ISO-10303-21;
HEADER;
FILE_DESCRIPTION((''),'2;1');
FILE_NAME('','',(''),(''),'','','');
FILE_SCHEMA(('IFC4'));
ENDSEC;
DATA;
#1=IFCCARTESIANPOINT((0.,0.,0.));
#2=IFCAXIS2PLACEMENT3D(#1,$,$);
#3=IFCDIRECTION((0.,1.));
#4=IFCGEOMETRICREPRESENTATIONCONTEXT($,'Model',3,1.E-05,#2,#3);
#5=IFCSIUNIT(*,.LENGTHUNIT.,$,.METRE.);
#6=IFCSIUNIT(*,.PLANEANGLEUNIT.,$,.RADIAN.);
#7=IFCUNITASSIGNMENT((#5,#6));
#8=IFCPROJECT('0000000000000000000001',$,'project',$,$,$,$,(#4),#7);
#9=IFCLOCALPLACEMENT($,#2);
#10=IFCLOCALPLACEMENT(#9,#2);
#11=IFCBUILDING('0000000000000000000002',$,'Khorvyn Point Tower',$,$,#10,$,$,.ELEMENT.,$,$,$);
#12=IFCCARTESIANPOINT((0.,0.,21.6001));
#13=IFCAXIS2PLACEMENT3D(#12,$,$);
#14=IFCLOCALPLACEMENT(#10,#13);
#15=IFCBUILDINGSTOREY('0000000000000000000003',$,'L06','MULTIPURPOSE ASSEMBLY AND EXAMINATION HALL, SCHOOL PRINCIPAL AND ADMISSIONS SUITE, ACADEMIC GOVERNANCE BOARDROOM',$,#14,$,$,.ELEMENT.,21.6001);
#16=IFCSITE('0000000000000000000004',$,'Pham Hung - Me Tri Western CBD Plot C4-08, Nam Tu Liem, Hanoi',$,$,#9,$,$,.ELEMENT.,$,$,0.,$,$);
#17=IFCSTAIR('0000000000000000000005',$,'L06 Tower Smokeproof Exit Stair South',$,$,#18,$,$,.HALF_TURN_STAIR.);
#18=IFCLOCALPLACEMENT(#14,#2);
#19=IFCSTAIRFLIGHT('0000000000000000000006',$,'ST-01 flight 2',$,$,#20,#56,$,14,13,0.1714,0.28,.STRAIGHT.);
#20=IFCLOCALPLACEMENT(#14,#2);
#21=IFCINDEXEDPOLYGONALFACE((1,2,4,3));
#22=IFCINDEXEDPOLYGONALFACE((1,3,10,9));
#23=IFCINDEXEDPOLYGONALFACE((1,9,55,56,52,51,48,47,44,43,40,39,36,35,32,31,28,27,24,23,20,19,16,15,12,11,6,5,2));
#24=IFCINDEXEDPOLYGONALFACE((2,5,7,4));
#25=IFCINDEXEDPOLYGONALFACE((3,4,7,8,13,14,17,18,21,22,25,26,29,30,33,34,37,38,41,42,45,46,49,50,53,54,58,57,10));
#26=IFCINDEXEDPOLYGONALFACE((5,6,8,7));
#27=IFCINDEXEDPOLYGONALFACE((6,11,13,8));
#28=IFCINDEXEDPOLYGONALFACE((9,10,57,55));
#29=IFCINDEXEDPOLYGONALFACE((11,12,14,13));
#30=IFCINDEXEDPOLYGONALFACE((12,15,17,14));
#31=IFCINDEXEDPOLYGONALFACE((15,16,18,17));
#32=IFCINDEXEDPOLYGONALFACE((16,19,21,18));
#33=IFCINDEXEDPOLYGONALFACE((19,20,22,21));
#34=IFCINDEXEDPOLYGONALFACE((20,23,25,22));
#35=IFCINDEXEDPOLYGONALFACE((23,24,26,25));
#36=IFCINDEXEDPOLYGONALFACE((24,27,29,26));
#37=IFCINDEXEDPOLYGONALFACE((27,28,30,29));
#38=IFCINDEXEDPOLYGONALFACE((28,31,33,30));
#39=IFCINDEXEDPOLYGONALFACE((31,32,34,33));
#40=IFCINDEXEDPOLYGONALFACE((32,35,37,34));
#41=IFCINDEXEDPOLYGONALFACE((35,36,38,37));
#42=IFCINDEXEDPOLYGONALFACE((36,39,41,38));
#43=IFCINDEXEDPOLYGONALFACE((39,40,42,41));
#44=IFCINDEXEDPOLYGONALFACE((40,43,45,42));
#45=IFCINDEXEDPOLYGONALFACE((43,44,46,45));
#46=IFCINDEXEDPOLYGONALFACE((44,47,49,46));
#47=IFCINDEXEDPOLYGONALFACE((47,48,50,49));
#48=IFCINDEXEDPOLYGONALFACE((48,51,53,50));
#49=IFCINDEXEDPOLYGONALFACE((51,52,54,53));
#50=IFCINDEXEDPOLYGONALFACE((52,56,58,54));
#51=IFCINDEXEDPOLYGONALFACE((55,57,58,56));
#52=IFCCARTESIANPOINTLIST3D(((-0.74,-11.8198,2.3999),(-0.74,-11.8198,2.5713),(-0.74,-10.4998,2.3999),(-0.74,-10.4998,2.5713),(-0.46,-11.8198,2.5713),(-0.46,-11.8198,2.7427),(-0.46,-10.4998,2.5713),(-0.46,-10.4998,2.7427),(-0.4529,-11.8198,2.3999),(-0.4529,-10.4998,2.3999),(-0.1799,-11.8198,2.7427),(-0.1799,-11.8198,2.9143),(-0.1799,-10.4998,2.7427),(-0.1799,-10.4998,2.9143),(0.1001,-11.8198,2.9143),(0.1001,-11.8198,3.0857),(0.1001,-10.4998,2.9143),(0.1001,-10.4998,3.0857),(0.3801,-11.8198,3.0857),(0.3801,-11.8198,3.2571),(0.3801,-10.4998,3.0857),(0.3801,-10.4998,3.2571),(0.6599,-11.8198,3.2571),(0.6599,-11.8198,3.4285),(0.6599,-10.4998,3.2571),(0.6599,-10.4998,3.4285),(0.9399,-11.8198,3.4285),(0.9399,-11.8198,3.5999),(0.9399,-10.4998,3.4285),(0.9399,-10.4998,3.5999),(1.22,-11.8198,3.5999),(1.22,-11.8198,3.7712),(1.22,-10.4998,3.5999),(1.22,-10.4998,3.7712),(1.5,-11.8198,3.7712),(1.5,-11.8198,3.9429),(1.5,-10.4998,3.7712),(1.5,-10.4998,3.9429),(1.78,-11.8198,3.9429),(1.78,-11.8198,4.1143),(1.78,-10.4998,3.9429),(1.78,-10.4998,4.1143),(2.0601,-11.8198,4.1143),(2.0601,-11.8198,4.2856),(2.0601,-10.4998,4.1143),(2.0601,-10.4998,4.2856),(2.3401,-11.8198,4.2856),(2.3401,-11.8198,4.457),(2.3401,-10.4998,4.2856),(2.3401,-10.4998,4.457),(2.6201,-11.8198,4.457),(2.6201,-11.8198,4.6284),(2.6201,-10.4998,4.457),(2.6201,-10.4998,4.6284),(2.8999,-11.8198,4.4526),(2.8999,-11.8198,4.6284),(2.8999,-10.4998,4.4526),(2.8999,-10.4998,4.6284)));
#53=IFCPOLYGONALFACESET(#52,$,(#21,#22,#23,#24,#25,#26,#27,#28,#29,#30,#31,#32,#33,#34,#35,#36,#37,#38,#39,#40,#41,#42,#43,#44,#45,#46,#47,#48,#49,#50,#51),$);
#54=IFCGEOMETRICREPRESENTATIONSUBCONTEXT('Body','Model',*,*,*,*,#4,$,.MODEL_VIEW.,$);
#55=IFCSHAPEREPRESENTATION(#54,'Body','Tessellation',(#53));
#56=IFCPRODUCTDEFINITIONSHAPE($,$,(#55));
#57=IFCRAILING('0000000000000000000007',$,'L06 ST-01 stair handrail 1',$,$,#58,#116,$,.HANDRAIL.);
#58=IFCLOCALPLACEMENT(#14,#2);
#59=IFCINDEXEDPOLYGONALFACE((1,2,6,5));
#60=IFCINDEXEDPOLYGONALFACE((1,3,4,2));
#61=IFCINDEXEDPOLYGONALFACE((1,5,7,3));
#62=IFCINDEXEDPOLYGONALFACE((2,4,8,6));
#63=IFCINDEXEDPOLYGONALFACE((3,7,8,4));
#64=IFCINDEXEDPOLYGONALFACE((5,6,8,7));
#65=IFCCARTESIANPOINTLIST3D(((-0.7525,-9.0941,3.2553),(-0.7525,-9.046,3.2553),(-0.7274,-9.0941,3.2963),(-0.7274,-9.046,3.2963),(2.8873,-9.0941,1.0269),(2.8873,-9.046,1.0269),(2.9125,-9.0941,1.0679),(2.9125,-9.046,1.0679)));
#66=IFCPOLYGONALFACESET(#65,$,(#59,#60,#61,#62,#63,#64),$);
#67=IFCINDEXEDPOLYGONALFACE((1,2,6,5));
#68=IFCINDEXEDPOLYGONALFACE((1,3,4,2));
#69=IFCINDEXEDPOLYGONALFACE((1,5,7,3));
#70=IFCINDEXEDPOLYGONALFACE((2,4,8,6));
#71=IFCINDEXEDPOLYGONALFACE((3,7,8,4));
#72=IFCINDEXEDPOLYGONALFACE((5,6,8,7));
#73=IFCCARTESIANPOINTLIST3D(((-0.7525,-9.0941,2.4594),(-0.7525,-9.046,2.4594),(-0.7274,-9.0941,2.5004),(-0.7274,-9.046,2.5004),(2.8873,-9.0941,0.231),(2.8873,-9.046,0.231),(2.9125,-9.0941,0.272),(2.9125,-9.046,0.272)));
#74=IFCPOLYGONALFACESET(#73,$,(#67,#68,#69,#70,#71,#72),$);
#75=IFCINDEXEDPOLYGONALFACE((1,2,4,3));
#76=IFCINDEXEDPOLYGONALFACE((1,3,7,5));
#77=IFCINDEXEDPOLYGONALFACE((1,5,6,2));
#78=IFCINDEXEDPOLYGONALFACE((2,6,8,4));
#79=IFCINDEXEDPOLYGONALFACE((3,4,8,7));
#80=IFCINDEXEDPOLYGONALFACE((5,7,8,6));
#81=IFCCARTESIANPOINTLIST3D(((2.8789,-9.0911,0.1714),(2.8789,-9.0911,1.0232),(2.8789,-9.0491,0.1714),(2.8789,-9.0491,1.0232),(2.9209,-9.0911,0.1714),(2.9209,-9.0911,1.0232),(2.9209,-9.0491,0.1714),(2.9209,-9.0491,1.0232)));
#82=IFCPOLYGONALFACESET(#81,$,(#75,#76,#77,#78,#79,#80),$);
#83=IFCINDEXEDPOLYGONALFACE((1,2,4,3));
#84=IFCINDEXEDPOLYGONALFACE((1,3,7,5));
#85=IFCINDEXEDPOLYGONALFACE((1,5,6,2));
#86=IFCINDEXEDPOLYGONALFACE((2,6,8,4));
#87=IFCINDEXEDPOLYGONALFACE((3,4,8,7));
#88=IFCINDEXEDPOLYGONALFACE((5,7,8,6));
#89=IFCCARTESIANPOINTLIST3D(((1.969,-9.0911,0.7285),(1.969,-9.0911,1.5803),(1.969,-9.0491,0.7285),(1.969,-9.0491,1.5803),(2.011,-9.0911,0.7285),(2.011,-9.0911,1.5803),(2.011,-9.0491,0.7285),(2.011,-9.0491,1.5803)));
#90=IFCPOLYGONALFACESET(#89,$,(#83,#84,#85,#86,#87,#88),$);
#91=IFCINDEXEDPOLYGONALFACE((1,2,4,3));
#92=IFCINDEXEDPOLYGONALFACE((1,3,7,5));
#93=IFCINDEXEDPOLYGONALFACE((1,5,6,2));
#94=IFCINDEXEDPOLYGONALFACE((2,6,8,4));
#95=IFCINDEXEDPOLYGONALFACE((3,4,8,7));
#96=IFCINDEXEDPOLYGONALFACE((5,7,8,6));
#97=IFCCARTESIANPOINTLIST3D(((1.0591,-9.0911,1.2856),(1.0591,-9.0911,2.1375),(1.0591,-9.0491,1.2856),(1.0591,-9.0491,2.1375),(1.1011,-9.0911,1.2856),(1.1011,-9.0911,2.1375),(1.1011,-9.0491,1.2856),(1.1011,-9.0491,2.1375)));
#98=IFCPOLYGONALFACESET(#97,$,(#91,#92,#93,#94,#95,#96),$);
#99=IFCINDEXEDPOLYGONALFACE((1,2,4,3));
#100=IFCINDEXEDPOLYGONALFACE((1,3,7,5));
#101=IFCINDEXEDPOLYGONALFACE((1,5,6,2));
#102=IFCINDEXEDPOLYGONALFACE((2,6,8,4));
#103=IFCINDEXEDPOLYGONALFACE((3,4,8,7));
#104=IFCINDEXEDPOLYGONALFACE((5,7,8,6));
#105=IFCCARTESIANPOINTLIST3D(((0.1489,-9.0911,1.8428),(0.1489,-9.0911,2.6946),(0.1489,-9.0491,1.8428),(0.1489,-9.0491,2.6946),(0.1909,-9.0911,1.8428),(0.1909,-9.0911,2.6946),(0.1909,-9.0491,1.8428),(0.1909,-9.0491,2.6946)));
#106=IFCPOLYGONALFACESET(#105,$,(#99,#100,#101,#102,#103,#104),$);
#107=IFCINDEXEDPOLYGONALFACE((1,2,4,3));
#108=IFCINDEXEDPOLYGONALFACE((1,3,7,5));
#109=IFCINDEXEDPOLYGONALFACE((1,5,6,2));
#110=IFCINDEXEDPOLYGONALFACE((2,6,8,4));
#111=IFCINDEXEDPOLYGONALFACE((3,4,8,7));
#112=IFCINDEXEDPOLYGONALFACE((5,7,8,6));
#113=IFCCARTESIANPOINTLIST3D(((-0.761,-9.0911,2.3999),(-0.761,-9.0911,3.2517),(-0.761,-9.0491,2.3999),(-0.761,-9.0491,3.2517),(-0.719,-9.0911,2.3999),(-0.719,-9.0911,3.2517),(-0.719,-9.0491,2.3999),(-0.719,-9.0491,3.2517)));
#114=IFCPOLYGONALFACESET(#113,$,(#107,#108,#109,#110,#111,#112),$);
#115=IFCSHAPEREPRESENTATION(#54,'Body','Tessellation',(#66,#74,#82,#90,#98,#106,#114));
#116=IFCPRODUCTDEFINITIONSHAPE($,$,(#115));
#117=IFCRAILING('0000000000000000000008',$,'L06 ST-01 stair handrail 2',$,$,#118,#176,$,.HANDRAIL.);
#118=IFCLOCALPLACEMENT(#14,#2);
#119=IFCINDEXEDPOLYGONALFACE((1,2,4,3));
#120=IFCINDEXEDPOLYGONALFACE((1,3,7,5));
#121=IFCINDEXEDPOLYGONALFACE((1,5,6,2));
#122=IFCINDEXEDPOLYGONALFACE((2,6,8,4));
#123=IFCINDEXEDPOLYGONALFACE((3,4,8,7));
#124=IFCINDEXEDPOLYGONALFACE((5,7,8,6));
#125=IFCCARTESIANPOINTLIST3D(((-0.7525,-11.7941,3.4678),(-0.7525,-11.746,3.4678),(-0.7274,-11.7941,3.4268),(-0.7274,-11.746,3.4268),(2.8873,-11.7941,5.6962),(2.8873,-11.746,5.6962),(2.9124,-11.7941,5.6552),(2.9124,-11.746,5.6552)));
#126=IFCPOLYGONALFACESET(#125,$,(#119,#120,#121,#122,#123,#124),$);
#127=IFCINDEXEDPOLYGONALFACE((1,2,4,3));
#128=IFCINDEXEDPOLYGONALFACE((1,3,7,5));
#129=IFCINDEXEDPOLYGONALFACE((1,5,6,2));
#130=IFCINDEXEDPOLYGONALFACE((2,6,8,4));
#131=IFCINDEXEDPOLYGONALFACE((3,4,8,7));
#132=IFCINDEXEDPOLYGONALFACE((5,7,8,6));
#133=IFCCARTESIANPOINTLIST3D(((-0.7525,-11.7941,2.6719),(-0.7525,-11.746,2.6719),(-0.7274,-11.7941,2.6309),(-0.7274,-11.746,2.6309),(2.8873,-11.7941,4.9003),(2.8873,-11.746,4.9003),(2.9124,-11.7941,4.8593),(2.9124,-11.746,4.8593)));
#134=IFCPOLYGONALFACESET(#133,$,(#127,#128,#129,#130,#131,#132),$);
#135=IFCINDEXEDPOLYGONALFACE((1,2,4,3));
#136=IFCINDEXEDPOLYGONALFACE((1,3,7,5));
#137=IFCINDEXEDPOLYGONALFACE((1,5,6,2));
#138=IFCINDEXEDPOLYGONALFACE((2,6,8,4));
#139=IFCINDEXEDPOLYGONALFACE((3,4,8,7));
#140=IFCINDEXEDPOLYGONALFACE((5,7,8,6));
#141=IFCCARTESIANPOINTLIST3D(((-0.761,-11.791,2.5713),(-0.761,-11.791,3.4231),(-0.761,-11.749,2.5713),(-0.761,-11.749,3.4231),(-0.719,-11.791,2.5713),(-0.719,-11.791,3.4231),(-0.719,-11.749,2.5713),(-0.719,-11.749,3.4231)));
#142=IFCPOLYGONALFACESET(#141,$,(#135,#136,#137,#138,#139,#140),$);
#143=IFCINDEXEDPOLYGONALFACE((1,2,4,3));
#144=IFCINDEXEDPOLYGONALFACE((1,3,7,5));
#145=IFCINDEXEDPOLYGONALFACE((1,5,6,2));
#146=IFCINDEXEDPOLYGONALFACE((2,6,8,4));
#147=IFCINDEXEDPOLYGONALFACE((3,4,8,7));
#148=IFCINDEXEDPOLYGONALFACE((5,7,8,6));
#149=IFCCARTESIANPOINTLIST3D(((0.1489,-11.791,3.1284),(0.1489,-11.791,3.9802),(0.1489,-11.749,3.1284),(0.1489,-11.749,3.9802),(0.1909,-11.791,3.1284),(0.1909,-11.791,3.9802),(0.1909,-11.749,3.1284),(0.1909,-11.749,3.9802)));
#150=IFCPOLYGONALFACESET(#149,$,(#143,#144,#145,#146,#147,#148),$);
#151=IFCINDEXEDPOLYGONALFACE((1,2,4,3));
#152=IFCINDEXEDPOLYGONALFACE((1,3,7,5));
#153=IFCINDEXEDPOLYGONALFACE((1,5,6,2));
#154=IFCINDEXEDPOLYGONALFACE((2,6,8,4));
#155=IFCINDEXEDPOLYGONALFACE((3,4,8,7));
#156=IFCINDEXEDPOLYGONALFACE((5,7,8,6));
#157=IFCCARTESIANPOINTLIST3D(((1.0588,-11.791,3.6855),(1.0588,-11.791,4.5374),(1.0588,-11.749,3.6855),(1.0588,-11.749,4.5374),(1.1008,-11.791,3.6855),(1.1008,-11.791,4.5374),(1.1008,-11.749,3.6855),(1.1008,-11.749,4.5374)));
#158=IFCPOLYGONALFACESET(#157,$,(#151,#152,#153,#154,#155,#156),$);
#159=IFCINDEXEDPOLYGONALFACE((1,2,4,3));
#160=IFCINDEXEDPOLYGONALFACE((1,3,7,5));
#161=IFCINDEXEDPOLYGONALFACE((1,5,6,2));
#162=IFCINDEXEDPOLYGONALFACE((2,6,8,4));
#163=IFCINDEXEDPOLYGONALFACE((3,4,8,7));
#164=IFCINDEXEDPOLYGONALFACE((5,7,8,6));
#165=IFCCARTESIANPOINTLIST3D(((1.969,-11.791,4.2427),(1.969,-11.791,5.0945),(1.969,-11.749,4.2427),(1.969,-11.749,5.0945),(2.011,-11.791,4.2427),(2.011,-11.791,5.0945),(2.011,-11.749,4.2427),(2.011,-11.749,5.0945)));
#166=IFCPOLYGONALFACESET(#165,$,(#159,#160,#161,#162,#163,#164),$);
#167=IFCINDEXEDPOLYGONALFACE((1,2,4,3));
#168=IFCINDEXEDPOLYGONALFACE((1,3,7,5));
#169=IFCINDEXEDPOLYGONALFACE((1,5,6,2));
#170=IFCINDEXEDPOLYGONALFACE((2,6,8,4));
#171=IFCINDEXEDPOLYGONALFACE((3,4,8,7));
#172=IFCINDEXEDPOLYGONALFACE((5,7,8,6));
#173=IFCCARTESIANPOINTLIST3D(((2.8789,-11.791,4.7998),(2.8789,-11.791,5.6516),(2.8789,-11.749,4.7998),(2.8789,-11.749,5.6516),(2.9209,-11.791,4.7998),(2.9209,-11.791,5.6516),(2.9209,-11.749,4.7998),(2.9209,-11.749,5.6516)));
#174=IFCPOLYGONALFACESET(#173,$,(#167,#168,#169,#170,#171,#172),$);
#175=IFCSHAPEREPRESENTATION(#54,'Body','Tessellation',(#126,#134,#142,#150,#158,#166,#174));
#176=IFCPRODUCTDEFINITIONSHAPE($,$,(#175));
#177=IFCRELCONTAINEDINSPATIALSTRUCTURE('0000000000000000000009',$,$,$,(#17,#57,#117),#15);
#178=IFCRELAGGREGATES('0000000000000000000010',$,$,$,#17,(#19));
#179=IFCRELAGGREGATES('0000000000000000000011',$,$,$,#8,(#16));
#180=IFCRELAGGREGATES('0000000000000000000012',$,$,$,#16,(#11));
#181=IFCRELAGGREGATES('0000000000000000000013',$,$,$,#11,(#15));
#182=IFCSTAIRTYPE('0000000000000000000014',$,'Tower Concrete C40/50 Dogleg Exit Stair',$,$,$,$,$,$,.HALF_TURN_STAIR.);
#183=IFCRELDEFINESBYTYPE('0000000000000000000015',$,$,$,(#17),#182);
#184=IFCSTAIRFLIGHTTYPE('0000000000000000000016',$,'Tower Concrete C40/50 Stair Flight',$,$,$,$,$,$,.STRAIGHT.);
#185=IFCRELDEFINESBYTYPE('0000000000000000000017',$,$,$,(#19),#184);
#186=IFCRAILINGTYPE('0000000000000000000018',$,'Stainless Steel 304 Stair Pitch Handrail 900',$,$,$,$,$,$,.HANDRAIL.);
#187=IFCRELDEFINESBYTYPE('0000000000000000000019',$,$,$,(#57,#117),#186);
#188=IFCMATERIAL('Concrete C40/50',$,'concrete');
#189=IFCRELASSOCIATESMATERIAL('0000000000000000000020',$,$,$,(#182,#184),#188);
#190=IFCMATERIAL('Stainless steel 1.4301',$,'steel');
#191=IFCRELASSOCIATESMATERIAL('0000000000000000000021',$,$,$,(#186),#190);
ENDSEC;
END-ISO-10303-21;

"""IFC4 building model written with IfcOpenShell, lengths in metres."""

from ifc_helpers import new_model, si_unit, direction, frame, origin, origin_2d, place, context, subcontext, project, spatial, polyline, rectangle, outline, extrude, material, type_object, element, aggregate, save


model = new_model("IFC4")

# Units and contexts
model_context = context("Model", 3, precision=1e-05, world=origin(), true_north=direction((0.0, 1.0)))
body_context = subcontext(model_context, "Body", "Model", "MODEL_VIEW")
ifc_project = project(units=[si_unit("LENGTHUNIT", "METRE"), si_unit("PLANEANGLEUNIT", "RADIAN")], contexts=[model_context])

# Site, building, storey
site_placement = place(None, origin())
site = spatial("IfcSite", under=ifc_project, at=site_placement, Name="Pham Hung - Me Tri Western CBD Plot C4-08, Nam Tu Liem, Hanoi", CompositionType="ELEMENT", RefElevation=0.0)
building_placement = place(site_placement, origin())
building = spatial("IfcBuilding", under=site, at=building_placement, Name="Khorvyn Point Tower", CompositionType="ELEMENT")
storey_placement = place(building_placement, frame((0.0, 0.0, 21.6001)))
storey = spatial("IfcBuildingStorey", under=building, at=storey_placement, Name="L06", Description="MULTIPURPOSE ASSEMBLY AND EXAMINATION HALL, SCHOOL PRINCIPAL AND ADMISSIONS SUITE, ACADEMIC GOVERNANCE BOARDROOM", CompositionType="ELEMENT", Elevation=21.6001)

# Shared definitions
ifc_material_1 = material(Name="Concrete C40/50", Category="concrete")

# Stair, stair flight
stair_type = type_object("IfcStairType", Name="Tower Concrete C40/50 Dogleg Exit Stair", PredefinedType="HALF_TURN_STAIR", material=ifc_material_1)
stair_placement = place(storey_placement, origin())
stair = element("IfcStair", 1, at=stair_placement, inside=storey, type_object=stair_type, Name="L06 Tower Smokeproof Exit Stair South", PredefinedType="HALF_TURN_STAIR")
stair_flight_type = type_object("IfcStairFlightType", Name="Tower Concrete C40/50 Stair Flight", PredefinedType="STRAIGHT", material=ifc_material_1)
stair_flight_1_placement = place(storey_placement, frame((-0.74, -11.1599, 2.3999), z_axis=(0.0, 0.0, 1.0), x_axis=(1.0, 0.0, 0.0)))
stair_flight_1 = element("IfcStairFlight", 2, at=stair_flight_1_placement, type_object=stair_flight_type, Name="ST-01 flight 2", NumberOfRisers=14, NumberOfTreads=13, PredefinedType="STRAIGHT", RiserHeight=0.1714, TreadLength=0.28, context=body_context, shape_type="SweptSolid", body=[
    extrude(outline(polyline([(0.0, 0.0), (0.0, 0.1714), (0.28, 0.1714), (0.28, 0.3428), (0.5601, 0.3428), (0.5601, 0.5144), (0.8401, 0.5144), (0.8401, 0.6858), (1.1201, 0.6858), (1.1201, 0.8572), (1.3999, 0.8572), (1.3999, 1.0286), (1.6799, 1.0286), (1.6799, 1.2), (1.96, 1.2), (1.96, 1.3713), (2.24, 1.3713), (2.24, 1.543), (2.52, 1.543), (2.52, 1.7144), (2.8, 1.7144), (2.8, 1.8857), (3.0801, 1.8857), (3.0801, 2.0571), (3.3601, 2.0571), (3.3601, 2.2285), (3.6399, 2.2285), (3.6399, 2.3999), (3.6399, 2.0527), (0.2871, 0.0), (0.0, 0.0)])), frame((0.0, 0.6602, 0.0), z_axis=(0.0, -1.0, 0.0), x_axis=(1.0, 0.0, 0.0)), (0.0, 0.0, 1.0), 1.3201),
])
aggregate(stair, [stair_flight_1])

# Railings
ifc_material_2 = material(Name="Stainless steel 1.4301", Category="steel")
railing_type_1 = type_object("IfcRailingType", Name="Stainless Steel 304 Stair Pitch Handrail 900", PredefinedType="HANDRAIL", material=ifc_material_2)
railing_1_placement = place(storey_placement, frame((2.8999, -9.0701, 0.1714)))
element("IfcRailing", 3, at=railing_1_placement, inside=storey, type_object=railing_type_1, Name="L06 ST-01 stair handrail 1", PredefinedType="HANDRAIL", context=body_context, shape_type="SweptSolid", body=[
    extrude(rectangle(XDim=0.0481, YDim=0.0481, at=origin_2d()), frame((0.0, 0.0, 0.876), z_axis=(-0.85285, 0.0, 0.522156), x_axis=(0.0, -1.0, 0.0)), (0.0, 0.0, 1.0), 4.2678),
    extrude(rectangle(XDim=0.0481, YDim=0.0481, at=origin_2d()), frame((0.0, 0.0, 0.0801), z_axis=(-0.85285, 0.0, 0.522156), x_axis=(0.0, -1.0, 0.0)), (0.0, 0.0, 1.0), 4.2678),
    extrude(rectangle(XDim=0.042, YDim=0.042, at=origin_2d()), origin(), (0.0, 0.0, 1.0), 0.8518),
    extrude(rectangle(XDim=0.042, YDim=0.042, at=origin_2d()), frame((-0.9099, 0.0, 0.5571)), (0.0, 0.0, 1.0), 0.8518),
    extrude(rectangle(XDim=0.042, YDim=0.042, at=origin_2d()), frame((-1.8198, 0.0, 1.1143)), (0.0, 0.0, 1.0), 0.8518),
    extrude(rectangle(XDim=0.042, YDim=0.042, at=origin_2d()), frame((-2.73, 0.0, 1.6714)), (0.0, 0.0, 1.0), 0.8518),
    extrude(rectangle(XDim=0.042, YDim=0.042, at=origin_2d()), frame((-3.6399, 0.0, 2.2285)), (0.0, 0.0, 1.0), 0.8518),
])
railing_2_placement = place(storey_placement, frame((-0.74, -11.77, 2.5713)))
element("IfcRailing", 4, at=railing_2_placement, inside=storey, type_object=railing_type_1, Name="L06 ST-01 stair handrail 2", PredefinedType="HANDRAIL", context=body_context, shape_type="SweptSolid", body=[
    extrude(rectangle(XDim=0.0481, YDim=0.0481, at=origin_2d()), frame((0.0, 0.0, 0.876), z_axis=(0.85285, 0.0, 0.522156), x_axis=(0.0, 1.0, 0.0)), (0.0, 0.0, 1.0), 4.2678),
    extrude(rectangle(XDim=0.0481, YDim=0.0481, at=origin_2d()), frame((0.0, 0.0, 0.0801), z_axis=(0.85285, 0.0, 0.522156), x_axis=(0.0, 1.0, 0.0)), (0.0, 0.0, 1.0), 4.2678),
    extrude(rectangle(XDim=0.042, YDim=0.042, at=origin_2d()), origin(), (0.0, 0.0, 1.0), 0.8518),
    extrude(rectangle(XDim=0.042, YDim=0.042, at=origin_2d()), frame((0.9099, 0.0, 0.5571)), (0.0, 0.0, 1.0), 0.8518),
    extrude(rectangle(XDim=0.042, YDim=0.042, at=origin_2d()), frame((1.8198, 0.0, 1.1143)), (0.0, 0.0, 1.0), 0.8518),
    extrude(rectangle(XDim=0.042, YDim=0.042, at=origin_2d()), frame((2.73, 0.0, 1.6714)), (0.0, 0.0, 1.0), 0.8518),
    extrude(rectangle(XDim=0.042, YDim=0.042, at=origin_2d()), frame((3.6399, 0.0, 2.2285)), (0.0, 0.0, 1.0), 0.8518),
])

save(model, "model.ifc")
